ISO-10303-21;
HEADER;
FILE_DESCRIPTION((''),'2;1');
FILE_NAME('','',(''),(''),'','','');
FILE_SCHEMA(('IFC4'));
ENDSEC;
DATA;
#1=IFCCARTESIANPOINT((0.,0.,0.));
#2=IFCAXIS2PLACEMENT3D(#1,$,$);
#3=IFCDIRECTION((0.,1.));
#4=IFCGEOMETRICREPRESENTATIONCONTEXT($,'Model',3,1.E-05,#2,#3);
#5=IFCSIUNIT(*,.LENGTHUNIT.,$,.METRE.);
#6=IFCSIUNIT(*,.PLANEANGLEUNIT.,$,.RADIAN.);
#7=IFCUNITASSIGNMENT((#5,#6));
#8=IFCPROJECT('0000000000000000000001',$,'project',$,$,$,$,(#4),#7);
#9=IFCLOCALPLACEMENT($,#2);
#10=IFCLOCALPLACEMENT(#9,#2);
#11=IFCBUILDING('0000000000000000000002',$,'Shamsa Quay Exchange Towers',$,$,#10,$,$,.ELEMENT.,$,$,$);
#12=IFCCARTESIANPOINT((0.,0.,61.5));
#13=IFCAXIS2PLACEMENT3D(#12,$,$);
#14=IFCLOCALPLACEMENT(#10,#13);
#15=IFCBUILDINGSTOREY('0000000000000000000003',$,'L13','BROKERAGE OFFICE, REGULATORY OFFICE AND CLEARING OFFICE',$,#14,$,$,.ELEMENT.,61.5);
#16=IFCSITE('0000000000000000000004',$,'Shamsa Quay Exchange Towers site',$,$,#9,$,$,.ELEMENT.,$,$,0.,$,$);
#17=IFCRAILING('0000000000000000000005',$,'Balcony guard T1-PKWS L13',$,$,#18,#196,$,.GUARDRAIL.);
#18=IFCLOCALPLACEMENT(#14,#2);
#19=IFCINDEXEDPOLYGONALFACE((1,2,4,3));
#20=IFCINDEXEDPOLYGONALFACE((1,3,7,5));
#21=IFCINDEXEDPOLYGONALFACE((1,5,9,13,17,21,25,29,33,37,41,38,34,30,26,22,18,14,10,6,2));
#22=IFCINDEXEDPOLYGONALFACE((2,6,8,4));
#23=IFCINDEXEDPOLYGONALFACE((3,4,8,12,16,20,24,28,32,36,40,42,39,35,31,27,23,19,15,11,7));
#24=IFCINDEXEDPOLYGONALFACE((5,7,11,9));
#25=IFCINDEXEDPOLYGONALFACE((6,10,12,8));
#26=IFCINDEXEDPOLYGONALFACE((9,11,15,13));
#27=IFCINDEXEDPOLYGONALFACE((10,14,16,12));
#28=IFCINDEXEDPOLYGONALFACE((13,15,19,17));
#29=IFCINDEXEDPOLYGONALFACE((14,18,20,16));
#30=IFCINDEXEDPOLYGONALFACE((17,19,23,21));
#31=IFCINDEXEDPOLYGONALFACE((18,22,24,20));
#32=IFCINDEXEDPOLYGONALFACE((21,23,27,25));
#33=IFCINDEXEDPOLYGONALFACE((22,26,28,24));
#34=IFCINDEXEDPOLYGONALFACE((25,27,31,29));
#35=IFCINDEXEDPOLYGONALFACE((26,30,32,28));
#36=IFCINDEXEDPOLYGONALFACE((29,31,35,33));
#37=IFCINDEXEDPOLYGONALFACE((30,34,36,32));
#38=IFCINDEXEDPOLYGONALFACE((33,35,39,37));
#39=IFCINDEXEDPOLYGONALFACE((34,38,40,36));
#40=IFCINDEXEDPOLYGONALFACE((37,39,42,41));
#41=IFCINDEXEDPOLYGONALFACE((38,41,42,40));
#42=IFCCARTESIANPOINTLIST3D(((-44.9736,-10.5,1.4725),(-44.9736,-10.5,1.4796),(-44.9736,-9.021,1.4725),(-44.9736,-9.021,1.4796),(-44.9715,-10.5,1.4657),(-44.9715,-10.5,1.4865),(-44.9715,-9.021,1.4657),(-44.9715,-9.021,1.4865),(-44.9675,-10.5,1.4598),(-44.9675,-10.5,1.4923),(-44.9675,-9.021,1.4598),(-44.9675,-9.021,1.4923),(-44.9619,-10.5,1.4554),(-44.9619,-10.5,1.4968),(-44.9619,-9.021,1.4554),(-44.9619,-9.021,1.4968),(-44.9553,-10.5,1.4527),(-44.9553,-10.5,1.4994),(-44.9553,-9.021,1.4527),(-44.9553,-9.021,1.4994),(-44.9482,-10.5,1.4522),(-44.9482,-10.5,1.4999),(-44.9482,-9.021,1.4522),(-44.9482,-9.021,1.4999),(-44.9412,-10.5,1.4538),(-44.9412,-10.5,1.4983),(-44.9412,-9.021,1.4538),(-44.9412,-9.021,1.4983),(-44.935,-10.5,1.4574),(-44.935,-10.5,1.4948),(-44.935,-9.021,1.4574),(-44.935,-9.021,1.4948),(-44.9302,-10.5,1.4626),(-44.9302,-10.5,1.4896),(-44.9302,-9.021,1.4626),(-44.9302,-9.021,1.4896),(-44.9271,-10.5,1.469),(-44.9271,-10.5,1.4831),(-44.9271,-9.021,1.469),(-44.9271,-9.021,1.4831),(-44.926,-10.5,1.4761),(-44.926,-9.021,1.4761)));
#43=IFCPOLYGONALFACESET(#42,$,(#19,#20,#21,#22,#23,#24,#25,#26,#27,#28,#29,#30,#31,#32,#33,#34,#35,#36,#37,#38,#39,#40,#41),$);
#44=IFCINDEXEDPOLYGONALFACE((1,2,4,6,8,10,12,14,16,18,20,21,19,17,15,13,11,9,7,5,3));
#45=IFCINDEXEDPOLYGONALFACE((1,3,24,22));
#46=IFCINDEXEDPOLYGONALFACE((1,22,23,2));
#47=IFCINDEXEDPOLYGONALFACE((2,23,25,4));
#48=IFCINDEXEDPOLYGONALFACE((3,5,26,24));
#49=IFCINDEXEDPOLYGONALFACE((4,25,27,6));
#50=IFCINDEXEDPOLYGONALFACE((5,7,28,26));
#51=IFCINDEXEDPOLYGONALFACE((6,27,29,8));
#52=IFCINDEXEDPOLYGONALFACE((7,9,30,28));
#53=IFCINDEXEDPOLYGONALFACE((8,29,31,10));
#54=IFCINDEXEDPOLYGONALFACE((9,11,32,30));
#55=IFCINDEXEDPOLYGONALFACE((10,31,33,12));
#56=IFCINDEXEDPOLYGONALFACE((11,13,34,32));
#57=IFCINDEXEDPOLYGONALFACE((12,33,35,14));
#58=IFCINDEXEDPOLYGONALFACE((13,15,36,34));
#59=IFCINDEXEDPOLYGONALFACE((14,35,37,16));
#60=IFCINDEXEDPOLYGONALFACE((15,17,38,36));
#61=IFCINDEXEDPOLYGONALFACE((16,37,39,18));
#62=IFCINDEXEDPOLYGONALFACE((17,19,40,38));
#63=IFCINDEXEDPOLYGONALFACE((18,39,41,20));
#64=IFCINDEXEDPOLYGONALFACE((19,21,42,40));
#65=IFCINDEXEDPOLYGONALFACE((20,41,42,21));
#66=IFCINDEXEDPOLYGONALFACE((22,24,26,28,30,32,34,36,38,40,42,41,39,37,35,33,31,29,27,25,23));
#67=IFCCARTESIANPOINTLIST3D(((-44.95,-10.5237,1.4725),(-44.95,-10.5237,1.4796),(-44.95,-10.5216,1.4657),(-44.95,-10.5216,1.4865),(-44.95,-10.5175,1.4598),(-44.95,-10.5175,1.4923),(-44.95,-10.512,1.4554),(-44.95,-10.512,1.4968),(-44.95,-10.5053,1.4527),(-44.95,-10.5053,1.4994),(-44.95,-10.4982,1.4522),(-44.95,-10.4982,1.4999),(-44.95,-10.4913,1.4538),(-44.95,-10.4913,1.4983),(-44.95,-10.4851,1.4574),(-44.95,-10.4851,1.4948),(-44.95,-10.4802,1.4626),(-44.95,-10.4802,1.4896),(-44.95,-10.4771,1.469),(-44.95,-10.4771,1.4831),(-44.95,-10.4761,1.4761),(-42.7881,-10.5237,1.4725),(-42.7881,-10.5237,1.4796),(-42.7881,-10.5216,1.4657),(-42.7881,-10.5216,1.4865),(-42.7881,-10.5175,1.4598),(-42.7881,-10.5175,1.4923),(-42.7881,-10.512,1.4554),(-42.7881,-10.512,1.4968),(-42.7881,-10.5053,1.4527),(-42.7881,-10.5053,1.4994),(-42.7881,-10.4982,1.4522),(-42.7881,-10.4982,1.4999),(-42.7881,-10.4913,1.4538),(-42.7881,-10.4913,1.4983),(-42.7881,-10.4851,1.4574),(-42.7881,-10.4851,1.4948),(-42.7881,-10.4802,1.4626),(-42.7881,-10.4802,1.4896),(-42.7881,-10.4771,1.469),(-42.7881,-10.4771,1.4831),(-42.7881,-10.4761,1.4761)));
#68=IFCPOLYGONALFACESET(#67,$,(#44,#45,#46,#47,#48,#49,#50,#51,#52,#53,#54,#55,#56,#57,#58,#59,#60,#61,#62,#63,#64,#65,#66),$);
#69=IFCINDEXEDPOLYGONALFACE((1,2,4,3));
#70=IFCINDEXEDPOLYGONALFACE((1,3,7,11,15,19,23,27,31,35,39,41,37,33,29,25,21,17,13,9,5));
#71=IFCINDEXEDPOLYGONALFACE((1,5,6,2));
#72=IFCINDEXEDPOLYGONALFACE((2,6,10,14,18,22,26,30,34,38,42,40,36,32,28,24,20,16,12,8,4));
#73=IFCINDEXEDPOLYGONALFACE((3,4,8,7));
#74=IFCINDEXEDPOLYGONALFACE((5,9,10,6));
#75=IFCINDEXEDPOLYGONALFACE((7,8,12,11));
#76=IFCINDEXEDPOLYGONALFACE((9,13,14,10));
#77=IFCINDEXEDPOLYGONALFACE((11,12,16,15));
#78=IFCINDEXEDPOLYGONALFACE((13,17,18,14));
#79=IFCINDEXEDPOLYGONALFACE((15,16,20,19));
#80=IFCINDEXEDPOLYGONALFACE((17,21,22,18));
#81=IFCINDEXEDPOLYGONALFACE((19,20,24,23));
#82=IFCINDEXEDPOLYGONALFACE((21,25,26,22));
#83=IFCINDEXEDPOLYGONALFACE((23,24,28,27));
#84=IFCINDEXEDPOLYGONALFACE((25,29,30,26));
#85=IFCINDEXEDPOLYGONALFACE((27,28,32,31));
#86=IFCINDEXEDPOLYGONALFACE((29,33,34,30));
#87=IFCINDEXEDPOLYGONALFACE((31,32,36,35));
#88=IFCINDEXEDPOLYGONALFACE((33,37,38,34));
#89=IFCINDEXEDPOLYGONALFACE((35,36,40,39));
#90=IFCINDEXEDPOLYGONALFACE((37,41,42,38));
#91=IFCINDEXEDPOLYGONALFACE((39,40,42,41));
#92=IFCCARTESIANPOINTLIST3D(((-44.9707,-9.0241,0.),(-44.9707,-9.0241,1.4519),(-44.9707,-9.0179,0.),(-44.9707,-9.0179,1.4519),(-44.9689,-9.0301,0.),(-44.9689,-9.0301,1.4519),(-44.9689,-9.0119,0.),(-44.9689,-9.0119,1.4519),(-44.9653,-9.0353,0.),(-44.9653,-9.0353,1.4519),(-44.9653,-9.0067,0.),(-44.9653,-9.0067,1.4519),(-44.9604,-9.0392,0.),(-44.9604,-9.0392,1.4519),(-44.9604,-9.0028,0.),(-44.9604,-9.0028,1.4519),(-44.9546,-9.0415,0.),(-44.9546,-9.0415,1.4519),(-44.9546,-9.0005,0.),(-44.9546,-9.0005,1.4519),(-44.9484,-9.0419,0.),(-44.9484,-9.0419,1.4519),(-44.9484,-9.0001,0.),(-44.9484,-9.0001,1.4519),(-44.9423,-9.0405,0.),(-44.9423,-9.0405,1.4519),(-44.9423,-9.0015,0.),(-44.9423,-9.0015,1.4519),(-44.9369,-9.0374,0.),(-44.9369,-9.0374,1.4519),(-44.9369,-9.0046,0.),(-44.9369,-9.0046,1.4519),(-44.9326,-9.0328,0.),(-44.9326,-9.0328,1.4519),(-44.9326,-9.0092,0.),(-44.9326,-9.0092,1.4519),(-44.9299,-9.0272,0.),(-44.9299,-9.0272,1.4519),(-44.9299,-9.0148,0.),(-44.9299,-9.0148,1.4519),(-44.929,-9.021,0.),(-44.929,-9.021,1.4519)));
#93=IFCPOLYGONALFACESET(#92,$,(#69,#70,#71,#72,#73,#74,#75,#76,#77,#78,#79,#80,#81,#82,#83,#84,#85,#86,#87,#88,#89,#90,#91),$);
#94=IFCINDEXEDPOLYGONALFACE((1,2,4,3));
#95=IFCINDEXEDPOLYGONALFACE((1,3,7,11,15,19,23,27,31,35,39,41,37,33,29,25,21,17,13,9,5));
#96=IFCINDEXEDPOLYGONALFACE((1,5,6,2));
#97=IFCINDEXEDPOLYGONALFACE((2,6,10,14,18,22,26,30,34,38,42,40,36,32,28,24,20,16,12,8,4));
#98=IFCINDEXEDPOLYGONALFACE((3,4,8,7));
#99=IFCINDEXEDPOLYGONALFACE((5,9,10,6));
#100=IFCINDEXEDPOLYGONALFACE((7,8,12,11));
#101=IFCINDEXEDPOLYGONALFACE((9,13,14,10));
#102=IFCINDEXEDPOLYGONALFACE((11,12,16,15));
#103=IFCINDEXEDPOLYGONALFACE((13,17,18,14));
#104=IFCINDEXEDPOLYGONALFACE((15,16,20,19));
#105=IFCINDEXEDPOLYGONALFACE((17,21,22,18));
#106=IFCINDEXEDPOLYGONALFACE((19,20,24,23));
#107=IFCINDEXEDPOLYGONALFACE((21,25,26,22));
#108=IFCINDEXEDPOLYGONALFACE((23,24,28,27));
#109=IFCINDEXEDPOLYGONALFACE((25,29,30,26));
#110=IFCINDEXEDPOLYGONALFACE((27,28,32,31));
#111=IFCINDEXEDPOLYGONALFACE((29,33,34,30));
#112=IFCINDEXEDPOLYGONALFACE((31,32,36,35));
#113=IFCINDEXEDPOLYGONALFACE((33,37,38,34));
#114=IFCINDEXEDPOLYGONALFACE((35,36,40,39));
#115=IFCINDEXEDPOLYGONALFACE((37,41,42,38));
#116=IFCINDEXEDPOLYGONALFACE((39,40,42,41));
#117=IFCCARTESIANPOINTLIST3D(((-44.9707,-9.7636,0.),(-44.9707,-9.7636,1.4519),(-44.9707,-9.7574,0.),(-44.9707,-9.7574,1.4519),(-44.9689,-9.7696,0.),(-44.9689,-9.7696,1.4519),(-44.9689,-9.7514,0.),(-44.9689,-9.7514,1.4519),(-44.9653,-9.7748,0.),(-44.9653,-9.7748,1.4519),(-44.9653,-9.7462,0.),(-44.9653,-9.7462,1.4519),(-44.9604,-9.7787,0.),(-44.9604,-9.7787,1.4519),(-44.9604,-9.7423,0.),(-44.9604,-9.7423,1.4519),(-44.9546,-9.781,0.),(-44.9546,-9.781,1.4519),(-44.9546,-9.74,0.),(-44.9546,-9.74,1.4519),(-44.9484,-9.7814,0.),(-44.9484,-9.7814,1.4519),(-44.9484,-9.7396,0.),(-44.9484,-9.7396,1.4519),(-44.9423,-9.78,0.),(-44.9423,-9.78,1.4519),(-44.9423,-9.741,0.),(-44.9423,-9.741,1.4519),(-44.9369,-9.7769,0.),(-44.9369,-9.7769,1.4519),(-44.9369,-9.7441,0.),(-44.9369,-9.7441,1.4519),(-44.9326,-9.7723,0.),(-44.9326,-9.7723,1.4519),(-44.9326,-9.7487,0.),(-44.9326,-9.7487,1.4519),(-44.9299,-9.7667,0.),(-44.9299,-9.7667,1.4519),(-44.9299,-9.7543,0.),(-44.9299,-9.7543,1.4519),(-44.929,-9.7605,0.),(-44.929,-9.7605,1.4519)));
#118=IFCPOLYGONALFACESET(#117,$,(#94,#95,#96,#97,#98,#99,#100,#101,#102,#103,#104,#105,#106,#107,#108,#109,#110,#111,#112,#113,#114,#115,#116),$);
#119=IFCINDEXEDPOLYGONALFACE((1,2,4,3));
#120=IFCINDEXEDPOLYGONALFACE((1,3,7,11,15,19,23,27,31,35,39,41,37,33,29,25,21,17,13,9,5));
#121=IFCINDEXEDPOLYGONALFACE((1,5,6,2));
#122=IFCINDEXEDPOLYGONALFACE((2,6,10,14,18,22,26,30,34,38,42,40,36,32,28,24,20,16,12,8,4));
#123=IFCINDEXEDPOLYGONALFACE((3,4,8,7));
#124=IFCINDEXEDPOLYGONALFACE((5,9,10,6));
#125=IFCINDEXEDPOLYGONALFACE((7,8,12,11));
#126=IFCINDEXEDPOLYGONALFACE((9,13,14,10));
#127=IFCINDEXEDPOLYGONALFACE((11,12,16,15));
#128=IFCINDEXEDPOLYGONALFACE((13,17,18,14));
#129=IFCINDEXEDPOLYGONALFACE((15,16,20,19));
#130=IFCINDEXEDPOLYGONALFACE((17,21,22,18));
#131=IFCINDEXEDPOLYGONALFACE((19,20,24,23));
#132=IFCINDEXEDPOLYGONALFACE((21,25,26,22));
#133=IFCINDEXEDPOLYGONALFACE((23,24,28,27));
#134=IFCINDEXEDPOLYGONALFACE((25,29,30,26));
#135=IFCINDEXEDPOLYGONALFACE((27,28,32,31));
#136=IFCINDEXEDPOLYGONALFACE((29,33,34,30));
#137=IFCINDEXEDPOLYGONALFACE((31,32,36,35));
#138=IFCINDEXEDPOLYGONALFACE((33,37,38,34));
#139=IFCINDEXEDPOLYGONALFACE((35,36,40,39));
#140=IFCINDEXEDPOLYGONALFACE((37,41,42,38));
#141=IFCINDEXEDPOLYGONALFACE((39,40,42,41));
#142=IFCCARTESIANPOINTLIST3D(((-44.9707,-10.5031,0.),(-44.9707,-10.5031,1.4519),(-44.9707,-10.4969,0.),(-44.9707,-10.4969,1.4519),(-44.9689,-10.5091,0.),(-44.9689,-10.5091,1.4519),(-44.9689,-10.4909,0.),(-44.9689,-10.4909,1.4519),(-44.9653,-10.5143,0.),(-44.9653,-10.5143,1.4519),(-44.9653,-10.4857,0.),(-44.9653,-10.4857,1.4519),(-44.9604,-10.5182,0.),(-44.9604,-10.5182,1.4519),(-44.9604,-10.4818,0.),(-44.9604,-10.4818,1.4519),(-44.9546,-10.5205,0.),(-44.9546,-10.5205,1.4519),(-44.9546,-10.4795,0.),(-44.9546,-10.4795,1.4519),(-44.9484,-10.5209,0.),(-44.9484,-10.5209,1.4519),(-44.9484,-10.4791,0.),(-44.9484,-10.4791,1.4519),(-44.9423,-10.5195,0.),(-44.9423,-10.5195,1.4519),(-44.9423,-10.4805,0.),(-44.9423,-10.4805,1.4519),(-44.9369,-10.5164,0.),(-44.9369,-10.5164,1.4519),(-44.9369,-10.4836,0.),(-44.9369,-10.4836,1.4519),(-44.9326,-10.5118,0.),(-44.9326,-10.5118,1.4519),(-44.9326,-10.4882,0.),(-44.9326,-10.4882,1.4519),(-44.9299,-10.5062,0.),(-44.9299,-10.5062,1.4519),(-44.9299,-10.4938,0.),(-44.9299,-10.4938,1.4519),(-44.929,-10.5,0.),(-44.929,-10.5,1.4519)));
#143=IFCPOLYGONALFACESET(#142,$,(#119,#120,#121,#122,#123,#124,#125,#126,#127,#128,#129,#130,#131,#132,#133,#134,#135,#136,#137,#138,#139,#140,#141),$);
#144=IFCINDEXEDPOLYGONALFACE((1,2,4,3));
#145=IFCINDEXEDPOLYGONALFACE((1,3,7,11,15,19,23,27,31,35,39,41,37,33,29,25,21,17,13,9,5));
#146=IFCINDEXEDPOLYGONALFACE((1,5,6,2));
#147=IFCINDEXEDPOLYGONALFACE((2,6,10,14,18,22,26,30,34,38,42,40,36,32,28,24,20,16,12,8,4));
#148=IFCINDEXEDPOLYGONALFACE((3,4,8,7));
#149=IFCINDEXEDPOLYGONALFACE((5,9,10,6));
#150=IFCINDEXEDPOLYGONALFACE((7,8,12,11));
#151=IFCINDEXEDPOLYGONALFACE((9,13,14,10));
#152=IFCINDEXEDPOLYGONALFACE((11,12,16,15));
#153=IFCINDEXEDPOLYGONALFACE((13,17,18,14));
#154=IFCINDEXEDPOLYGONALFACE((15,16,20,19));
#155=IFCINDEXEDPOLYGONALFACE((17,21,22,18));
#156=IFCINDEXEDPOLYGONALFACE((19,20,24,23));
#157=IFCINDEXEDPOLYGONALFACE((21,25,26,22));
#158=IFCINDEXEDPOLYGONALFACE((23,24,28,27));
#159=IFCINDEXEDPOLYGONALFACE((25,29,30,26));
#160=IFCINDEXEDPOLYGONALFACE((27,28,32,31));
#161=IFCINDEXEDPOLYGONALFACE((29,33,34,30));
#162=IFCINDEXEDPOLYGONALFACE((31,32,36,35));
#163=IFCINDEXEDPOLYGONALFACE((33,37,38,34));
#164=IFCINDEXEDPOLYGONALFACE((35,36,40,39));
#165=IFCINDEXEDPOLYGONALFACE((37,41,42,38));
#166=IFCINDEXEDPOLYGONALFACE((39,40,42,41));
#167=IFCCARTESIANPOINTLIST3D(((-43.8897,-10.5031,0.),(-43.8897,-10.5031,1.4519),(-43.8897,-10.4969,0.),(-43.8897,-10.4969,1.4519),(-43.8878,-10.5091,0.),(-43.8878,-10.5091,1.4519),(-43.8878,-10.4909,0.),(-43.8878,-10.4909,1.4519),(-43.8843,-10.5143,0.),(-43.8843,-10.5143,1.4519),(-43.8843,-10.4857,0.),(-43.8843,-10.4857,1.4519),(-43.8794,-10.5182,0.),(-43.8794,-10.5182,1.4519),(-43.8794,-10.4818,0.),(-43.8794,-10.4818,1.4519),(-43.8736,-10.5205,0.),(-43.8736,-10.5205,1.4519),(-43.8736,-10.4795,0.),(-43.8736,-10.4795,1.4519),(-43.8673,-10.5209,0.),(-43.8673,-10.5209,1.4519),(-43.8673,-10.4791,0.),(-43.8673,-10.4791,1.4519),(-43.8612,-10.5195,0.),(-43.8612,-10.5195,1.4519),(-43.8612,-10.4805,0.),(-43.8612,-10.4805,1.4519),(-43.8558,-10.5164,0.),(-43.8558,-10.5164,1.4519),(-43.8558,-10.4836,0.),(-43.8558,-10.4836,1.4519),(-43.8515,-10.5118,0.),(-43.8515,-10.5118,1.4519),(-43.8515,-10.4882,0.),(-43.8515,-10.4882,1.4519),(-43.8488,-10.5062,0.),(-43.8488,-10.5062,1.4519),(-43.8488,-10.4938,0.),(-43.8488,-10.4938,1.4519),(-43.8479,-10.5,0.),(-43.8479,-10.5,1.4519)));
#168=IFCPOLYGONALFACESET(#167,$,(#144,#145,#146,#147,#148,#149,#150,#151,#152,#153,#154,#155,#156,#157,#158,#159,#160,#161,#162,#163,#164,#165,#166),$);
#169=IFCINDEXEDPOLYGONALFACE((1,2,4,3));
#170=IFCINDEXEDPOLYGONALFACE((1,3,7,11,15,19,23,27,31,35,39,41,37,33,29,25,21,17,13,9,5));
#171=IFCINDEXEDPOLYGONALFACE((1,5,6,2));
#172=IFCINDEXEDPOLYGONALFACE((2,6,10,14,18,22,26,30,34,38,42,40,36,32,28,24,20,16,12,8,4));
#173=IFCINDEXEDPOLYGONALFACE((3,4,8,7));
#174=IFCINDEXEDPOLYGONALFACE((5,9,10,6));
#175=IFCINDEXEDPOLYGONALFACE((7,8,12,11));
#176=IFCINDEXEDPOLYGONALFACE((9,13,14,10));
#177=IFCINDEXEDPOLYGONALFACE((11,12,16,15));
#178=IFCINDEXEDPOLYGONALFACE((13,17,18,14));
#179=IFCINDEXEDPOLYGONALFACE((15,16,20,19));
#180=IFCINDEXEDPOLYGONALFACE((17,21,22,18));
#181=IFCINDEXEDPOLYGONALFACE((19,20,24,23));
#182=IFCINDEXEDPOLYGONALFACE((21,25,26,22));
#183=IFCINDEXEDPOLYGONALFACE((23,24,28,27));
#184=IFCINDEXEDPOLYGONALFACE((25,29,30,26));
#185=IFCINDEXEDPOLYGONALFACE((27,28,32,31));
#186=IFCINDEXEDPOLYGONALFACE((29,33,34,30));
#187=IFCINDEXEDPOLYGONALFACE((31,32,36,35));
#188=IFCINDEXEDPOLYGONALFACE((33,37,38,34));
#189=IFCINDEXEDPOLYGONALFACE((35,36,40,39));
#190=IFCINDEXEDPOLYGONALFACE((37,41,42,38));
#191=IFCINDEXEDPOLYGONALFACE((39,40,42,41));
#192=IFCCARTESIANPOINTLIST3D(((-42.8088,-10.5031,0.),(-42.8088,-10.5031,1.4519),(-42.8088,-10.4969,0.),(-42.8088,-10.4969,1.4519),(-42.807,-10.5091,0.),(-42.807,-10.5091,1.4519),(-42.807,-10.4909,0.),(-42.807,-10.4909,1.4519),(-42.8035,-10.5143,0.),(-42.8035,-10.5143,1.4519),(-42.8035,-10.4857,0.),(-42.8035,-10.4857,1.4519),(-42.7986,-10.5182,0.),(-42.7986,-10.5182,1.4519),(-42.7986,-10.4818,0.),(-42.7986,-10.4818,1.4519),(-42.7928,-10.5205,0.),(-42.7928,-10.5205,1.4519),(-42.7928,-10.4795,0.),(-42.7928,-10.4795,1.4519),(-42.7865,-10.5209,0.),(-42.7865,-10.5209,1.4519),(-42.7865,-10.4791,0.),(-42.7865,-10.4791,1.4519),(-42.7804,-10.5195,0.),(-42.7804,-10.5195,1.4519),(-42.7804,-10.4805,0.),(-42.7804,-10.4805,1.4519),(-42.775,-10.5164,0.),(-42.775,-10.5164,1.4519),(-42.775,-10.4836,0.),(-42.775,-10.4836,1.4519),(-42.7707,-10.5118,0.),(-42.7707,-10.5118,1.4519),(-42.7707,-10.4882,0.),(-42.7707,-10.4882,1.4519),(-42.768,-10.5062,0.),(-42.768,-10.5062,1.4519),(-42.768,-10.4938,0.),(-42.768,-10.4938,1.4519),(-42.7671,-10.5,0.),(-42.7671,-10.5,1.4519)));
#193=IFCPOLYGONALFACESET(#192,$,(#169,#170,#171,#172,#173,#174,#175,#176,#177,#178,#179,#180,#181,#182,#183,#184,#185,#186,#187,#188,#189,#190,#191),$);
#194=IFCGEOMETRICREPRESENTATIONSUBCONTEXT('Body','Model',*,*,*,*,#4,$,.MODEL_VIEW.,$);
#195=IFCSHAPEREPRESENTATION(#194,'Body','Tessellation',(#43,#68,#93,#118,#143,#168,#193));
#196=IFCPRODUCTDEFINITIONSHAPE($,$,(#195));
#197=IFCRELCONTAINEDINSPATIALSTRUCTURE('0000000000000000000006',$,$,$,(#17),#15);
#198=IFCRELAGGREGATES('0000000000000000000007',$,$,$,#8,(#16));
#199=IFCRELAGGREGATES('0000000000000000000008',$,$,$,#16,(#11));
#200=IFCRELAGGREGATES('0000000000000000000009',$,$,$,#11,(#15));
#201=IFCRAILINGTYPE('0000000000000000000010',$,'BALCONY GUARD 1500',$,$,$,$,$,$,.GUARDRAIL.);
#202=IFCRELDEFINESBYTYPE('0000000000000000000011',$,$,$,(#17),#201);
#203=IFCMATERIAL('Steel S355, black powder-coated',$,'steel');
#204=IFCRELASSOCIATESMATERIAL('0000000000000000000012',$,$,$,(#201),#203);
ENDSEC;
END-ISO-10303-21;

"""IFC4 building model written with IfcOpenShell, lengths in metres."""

from ifc_helpers import new_model, si_unit, direction, frame, origin, origin_2d, place, context, subcontext, project, spatial, circle, extrude, material, type_object, element, save


model = new_model("IFC4")

# Units and contexts
model_context = context("Model", 3, precision=1e-05, world=origin(), true_north=direction((0.0, 1.0)))
body_context = subcontext(model_context, "Body", "Model", "MODEL_VIEW")
ifc_project = project(units=[si_unit("LENGTHUNIT", "METRE"), si_unit("PLANEANGLEUNIT", "RADIAN")], contexts=[model_context])

# Site, building, storey
site_placement = place(None, origin())
site = spatial("IfcSite", under=ifc_project, at=site_placement, Name="Shamsa Quay Exchange Towers site", CompositionType="ELEMENT", RefElevation=0.0)
building_placement = place(site_placement, origin())
building = spatial("IfcBuilding", under=site, at=building_placement, Name="Shamsa Quay Exchange Towers", CompositionType="ELEMENT")
storey_placement = place(building_placement, frame((0.0, 0.0, 61.5)))
storey = spatial("IfcBuildingStorey", under=building, at=storey_placement, Name="L13", Description="BROKERAGE OFFICE, REGULATORY OFFICE AND CLEARING OFFICE", CompositionType="ELEMENT", Elevation=61.5)

# Railing
ifc_material_1 = material(Name="Steel S355, black powder-coated", Category="steel")
railing_type_1 = type_object("IfcRailingType", Name="BALCONY GUARD 1500", PredefinedType="GUARDRAIL", material=ifc_material_1)
for number, where, name in (
    (1, (-44.95, -9.021, 0.0), "Balcony guard T1-PKWS L13"),
):
    element("IfcRailing", number, at=place(storey_placement, frame(where)), inside=storey, type_object=railing_type_1, Name=name, PredefinedType="GUARDRAIL", context=body_context, shape_type="SweptSolid", body=[
        extrude(circle(Radius=0.0239, at=origin_2d()), frame((0.0, 0.0, 1.4761), z_axis=(0.0, -1.0, 0.0), x_axis=(1.0, 0.0, 0.0)), (0.0, 0.0, 1.0), 1.479),
        extrude(circle(Radius=0.0239, at=origin_2d()), frame((0.0, -1.479, 1.4761), z_axis=(1.0, 0.0, 0.0), x_axis=(0.0, 1.0, 0.0)), (0.0, 0.0, 1.0), 2.1619),
        extrude(circle(Radius=0.021, at=origin_2d()), origin(), (0.0, 0.0, 1.0), 1.4519),
        extrude(circle(Radius=0.021, at=origin_2d()), frame((0.0, -0.7395, 0.0)), (0.0, 0.0, 1.0), 1.4519),
        extrude(circle(Radius=0.021, at=origin_2d()), frame((0.0, -1.479, 0.0)), (0.0, 0.0, 1.0), 1.4519),
        extrude(circle(Radius=0.021, at=origin_2d()), frame((1.0811, -1.479, 0.0)), (0.0, 0.0, 1.0), 1.4519),
        extrude(circle(Radius=0.021, at=origin_2d()), frame((2.1619, -1.479, 0.0)), (0.0, 0.0, 1.0), 1.4519),
    ])

save(model, "model.ifc")
